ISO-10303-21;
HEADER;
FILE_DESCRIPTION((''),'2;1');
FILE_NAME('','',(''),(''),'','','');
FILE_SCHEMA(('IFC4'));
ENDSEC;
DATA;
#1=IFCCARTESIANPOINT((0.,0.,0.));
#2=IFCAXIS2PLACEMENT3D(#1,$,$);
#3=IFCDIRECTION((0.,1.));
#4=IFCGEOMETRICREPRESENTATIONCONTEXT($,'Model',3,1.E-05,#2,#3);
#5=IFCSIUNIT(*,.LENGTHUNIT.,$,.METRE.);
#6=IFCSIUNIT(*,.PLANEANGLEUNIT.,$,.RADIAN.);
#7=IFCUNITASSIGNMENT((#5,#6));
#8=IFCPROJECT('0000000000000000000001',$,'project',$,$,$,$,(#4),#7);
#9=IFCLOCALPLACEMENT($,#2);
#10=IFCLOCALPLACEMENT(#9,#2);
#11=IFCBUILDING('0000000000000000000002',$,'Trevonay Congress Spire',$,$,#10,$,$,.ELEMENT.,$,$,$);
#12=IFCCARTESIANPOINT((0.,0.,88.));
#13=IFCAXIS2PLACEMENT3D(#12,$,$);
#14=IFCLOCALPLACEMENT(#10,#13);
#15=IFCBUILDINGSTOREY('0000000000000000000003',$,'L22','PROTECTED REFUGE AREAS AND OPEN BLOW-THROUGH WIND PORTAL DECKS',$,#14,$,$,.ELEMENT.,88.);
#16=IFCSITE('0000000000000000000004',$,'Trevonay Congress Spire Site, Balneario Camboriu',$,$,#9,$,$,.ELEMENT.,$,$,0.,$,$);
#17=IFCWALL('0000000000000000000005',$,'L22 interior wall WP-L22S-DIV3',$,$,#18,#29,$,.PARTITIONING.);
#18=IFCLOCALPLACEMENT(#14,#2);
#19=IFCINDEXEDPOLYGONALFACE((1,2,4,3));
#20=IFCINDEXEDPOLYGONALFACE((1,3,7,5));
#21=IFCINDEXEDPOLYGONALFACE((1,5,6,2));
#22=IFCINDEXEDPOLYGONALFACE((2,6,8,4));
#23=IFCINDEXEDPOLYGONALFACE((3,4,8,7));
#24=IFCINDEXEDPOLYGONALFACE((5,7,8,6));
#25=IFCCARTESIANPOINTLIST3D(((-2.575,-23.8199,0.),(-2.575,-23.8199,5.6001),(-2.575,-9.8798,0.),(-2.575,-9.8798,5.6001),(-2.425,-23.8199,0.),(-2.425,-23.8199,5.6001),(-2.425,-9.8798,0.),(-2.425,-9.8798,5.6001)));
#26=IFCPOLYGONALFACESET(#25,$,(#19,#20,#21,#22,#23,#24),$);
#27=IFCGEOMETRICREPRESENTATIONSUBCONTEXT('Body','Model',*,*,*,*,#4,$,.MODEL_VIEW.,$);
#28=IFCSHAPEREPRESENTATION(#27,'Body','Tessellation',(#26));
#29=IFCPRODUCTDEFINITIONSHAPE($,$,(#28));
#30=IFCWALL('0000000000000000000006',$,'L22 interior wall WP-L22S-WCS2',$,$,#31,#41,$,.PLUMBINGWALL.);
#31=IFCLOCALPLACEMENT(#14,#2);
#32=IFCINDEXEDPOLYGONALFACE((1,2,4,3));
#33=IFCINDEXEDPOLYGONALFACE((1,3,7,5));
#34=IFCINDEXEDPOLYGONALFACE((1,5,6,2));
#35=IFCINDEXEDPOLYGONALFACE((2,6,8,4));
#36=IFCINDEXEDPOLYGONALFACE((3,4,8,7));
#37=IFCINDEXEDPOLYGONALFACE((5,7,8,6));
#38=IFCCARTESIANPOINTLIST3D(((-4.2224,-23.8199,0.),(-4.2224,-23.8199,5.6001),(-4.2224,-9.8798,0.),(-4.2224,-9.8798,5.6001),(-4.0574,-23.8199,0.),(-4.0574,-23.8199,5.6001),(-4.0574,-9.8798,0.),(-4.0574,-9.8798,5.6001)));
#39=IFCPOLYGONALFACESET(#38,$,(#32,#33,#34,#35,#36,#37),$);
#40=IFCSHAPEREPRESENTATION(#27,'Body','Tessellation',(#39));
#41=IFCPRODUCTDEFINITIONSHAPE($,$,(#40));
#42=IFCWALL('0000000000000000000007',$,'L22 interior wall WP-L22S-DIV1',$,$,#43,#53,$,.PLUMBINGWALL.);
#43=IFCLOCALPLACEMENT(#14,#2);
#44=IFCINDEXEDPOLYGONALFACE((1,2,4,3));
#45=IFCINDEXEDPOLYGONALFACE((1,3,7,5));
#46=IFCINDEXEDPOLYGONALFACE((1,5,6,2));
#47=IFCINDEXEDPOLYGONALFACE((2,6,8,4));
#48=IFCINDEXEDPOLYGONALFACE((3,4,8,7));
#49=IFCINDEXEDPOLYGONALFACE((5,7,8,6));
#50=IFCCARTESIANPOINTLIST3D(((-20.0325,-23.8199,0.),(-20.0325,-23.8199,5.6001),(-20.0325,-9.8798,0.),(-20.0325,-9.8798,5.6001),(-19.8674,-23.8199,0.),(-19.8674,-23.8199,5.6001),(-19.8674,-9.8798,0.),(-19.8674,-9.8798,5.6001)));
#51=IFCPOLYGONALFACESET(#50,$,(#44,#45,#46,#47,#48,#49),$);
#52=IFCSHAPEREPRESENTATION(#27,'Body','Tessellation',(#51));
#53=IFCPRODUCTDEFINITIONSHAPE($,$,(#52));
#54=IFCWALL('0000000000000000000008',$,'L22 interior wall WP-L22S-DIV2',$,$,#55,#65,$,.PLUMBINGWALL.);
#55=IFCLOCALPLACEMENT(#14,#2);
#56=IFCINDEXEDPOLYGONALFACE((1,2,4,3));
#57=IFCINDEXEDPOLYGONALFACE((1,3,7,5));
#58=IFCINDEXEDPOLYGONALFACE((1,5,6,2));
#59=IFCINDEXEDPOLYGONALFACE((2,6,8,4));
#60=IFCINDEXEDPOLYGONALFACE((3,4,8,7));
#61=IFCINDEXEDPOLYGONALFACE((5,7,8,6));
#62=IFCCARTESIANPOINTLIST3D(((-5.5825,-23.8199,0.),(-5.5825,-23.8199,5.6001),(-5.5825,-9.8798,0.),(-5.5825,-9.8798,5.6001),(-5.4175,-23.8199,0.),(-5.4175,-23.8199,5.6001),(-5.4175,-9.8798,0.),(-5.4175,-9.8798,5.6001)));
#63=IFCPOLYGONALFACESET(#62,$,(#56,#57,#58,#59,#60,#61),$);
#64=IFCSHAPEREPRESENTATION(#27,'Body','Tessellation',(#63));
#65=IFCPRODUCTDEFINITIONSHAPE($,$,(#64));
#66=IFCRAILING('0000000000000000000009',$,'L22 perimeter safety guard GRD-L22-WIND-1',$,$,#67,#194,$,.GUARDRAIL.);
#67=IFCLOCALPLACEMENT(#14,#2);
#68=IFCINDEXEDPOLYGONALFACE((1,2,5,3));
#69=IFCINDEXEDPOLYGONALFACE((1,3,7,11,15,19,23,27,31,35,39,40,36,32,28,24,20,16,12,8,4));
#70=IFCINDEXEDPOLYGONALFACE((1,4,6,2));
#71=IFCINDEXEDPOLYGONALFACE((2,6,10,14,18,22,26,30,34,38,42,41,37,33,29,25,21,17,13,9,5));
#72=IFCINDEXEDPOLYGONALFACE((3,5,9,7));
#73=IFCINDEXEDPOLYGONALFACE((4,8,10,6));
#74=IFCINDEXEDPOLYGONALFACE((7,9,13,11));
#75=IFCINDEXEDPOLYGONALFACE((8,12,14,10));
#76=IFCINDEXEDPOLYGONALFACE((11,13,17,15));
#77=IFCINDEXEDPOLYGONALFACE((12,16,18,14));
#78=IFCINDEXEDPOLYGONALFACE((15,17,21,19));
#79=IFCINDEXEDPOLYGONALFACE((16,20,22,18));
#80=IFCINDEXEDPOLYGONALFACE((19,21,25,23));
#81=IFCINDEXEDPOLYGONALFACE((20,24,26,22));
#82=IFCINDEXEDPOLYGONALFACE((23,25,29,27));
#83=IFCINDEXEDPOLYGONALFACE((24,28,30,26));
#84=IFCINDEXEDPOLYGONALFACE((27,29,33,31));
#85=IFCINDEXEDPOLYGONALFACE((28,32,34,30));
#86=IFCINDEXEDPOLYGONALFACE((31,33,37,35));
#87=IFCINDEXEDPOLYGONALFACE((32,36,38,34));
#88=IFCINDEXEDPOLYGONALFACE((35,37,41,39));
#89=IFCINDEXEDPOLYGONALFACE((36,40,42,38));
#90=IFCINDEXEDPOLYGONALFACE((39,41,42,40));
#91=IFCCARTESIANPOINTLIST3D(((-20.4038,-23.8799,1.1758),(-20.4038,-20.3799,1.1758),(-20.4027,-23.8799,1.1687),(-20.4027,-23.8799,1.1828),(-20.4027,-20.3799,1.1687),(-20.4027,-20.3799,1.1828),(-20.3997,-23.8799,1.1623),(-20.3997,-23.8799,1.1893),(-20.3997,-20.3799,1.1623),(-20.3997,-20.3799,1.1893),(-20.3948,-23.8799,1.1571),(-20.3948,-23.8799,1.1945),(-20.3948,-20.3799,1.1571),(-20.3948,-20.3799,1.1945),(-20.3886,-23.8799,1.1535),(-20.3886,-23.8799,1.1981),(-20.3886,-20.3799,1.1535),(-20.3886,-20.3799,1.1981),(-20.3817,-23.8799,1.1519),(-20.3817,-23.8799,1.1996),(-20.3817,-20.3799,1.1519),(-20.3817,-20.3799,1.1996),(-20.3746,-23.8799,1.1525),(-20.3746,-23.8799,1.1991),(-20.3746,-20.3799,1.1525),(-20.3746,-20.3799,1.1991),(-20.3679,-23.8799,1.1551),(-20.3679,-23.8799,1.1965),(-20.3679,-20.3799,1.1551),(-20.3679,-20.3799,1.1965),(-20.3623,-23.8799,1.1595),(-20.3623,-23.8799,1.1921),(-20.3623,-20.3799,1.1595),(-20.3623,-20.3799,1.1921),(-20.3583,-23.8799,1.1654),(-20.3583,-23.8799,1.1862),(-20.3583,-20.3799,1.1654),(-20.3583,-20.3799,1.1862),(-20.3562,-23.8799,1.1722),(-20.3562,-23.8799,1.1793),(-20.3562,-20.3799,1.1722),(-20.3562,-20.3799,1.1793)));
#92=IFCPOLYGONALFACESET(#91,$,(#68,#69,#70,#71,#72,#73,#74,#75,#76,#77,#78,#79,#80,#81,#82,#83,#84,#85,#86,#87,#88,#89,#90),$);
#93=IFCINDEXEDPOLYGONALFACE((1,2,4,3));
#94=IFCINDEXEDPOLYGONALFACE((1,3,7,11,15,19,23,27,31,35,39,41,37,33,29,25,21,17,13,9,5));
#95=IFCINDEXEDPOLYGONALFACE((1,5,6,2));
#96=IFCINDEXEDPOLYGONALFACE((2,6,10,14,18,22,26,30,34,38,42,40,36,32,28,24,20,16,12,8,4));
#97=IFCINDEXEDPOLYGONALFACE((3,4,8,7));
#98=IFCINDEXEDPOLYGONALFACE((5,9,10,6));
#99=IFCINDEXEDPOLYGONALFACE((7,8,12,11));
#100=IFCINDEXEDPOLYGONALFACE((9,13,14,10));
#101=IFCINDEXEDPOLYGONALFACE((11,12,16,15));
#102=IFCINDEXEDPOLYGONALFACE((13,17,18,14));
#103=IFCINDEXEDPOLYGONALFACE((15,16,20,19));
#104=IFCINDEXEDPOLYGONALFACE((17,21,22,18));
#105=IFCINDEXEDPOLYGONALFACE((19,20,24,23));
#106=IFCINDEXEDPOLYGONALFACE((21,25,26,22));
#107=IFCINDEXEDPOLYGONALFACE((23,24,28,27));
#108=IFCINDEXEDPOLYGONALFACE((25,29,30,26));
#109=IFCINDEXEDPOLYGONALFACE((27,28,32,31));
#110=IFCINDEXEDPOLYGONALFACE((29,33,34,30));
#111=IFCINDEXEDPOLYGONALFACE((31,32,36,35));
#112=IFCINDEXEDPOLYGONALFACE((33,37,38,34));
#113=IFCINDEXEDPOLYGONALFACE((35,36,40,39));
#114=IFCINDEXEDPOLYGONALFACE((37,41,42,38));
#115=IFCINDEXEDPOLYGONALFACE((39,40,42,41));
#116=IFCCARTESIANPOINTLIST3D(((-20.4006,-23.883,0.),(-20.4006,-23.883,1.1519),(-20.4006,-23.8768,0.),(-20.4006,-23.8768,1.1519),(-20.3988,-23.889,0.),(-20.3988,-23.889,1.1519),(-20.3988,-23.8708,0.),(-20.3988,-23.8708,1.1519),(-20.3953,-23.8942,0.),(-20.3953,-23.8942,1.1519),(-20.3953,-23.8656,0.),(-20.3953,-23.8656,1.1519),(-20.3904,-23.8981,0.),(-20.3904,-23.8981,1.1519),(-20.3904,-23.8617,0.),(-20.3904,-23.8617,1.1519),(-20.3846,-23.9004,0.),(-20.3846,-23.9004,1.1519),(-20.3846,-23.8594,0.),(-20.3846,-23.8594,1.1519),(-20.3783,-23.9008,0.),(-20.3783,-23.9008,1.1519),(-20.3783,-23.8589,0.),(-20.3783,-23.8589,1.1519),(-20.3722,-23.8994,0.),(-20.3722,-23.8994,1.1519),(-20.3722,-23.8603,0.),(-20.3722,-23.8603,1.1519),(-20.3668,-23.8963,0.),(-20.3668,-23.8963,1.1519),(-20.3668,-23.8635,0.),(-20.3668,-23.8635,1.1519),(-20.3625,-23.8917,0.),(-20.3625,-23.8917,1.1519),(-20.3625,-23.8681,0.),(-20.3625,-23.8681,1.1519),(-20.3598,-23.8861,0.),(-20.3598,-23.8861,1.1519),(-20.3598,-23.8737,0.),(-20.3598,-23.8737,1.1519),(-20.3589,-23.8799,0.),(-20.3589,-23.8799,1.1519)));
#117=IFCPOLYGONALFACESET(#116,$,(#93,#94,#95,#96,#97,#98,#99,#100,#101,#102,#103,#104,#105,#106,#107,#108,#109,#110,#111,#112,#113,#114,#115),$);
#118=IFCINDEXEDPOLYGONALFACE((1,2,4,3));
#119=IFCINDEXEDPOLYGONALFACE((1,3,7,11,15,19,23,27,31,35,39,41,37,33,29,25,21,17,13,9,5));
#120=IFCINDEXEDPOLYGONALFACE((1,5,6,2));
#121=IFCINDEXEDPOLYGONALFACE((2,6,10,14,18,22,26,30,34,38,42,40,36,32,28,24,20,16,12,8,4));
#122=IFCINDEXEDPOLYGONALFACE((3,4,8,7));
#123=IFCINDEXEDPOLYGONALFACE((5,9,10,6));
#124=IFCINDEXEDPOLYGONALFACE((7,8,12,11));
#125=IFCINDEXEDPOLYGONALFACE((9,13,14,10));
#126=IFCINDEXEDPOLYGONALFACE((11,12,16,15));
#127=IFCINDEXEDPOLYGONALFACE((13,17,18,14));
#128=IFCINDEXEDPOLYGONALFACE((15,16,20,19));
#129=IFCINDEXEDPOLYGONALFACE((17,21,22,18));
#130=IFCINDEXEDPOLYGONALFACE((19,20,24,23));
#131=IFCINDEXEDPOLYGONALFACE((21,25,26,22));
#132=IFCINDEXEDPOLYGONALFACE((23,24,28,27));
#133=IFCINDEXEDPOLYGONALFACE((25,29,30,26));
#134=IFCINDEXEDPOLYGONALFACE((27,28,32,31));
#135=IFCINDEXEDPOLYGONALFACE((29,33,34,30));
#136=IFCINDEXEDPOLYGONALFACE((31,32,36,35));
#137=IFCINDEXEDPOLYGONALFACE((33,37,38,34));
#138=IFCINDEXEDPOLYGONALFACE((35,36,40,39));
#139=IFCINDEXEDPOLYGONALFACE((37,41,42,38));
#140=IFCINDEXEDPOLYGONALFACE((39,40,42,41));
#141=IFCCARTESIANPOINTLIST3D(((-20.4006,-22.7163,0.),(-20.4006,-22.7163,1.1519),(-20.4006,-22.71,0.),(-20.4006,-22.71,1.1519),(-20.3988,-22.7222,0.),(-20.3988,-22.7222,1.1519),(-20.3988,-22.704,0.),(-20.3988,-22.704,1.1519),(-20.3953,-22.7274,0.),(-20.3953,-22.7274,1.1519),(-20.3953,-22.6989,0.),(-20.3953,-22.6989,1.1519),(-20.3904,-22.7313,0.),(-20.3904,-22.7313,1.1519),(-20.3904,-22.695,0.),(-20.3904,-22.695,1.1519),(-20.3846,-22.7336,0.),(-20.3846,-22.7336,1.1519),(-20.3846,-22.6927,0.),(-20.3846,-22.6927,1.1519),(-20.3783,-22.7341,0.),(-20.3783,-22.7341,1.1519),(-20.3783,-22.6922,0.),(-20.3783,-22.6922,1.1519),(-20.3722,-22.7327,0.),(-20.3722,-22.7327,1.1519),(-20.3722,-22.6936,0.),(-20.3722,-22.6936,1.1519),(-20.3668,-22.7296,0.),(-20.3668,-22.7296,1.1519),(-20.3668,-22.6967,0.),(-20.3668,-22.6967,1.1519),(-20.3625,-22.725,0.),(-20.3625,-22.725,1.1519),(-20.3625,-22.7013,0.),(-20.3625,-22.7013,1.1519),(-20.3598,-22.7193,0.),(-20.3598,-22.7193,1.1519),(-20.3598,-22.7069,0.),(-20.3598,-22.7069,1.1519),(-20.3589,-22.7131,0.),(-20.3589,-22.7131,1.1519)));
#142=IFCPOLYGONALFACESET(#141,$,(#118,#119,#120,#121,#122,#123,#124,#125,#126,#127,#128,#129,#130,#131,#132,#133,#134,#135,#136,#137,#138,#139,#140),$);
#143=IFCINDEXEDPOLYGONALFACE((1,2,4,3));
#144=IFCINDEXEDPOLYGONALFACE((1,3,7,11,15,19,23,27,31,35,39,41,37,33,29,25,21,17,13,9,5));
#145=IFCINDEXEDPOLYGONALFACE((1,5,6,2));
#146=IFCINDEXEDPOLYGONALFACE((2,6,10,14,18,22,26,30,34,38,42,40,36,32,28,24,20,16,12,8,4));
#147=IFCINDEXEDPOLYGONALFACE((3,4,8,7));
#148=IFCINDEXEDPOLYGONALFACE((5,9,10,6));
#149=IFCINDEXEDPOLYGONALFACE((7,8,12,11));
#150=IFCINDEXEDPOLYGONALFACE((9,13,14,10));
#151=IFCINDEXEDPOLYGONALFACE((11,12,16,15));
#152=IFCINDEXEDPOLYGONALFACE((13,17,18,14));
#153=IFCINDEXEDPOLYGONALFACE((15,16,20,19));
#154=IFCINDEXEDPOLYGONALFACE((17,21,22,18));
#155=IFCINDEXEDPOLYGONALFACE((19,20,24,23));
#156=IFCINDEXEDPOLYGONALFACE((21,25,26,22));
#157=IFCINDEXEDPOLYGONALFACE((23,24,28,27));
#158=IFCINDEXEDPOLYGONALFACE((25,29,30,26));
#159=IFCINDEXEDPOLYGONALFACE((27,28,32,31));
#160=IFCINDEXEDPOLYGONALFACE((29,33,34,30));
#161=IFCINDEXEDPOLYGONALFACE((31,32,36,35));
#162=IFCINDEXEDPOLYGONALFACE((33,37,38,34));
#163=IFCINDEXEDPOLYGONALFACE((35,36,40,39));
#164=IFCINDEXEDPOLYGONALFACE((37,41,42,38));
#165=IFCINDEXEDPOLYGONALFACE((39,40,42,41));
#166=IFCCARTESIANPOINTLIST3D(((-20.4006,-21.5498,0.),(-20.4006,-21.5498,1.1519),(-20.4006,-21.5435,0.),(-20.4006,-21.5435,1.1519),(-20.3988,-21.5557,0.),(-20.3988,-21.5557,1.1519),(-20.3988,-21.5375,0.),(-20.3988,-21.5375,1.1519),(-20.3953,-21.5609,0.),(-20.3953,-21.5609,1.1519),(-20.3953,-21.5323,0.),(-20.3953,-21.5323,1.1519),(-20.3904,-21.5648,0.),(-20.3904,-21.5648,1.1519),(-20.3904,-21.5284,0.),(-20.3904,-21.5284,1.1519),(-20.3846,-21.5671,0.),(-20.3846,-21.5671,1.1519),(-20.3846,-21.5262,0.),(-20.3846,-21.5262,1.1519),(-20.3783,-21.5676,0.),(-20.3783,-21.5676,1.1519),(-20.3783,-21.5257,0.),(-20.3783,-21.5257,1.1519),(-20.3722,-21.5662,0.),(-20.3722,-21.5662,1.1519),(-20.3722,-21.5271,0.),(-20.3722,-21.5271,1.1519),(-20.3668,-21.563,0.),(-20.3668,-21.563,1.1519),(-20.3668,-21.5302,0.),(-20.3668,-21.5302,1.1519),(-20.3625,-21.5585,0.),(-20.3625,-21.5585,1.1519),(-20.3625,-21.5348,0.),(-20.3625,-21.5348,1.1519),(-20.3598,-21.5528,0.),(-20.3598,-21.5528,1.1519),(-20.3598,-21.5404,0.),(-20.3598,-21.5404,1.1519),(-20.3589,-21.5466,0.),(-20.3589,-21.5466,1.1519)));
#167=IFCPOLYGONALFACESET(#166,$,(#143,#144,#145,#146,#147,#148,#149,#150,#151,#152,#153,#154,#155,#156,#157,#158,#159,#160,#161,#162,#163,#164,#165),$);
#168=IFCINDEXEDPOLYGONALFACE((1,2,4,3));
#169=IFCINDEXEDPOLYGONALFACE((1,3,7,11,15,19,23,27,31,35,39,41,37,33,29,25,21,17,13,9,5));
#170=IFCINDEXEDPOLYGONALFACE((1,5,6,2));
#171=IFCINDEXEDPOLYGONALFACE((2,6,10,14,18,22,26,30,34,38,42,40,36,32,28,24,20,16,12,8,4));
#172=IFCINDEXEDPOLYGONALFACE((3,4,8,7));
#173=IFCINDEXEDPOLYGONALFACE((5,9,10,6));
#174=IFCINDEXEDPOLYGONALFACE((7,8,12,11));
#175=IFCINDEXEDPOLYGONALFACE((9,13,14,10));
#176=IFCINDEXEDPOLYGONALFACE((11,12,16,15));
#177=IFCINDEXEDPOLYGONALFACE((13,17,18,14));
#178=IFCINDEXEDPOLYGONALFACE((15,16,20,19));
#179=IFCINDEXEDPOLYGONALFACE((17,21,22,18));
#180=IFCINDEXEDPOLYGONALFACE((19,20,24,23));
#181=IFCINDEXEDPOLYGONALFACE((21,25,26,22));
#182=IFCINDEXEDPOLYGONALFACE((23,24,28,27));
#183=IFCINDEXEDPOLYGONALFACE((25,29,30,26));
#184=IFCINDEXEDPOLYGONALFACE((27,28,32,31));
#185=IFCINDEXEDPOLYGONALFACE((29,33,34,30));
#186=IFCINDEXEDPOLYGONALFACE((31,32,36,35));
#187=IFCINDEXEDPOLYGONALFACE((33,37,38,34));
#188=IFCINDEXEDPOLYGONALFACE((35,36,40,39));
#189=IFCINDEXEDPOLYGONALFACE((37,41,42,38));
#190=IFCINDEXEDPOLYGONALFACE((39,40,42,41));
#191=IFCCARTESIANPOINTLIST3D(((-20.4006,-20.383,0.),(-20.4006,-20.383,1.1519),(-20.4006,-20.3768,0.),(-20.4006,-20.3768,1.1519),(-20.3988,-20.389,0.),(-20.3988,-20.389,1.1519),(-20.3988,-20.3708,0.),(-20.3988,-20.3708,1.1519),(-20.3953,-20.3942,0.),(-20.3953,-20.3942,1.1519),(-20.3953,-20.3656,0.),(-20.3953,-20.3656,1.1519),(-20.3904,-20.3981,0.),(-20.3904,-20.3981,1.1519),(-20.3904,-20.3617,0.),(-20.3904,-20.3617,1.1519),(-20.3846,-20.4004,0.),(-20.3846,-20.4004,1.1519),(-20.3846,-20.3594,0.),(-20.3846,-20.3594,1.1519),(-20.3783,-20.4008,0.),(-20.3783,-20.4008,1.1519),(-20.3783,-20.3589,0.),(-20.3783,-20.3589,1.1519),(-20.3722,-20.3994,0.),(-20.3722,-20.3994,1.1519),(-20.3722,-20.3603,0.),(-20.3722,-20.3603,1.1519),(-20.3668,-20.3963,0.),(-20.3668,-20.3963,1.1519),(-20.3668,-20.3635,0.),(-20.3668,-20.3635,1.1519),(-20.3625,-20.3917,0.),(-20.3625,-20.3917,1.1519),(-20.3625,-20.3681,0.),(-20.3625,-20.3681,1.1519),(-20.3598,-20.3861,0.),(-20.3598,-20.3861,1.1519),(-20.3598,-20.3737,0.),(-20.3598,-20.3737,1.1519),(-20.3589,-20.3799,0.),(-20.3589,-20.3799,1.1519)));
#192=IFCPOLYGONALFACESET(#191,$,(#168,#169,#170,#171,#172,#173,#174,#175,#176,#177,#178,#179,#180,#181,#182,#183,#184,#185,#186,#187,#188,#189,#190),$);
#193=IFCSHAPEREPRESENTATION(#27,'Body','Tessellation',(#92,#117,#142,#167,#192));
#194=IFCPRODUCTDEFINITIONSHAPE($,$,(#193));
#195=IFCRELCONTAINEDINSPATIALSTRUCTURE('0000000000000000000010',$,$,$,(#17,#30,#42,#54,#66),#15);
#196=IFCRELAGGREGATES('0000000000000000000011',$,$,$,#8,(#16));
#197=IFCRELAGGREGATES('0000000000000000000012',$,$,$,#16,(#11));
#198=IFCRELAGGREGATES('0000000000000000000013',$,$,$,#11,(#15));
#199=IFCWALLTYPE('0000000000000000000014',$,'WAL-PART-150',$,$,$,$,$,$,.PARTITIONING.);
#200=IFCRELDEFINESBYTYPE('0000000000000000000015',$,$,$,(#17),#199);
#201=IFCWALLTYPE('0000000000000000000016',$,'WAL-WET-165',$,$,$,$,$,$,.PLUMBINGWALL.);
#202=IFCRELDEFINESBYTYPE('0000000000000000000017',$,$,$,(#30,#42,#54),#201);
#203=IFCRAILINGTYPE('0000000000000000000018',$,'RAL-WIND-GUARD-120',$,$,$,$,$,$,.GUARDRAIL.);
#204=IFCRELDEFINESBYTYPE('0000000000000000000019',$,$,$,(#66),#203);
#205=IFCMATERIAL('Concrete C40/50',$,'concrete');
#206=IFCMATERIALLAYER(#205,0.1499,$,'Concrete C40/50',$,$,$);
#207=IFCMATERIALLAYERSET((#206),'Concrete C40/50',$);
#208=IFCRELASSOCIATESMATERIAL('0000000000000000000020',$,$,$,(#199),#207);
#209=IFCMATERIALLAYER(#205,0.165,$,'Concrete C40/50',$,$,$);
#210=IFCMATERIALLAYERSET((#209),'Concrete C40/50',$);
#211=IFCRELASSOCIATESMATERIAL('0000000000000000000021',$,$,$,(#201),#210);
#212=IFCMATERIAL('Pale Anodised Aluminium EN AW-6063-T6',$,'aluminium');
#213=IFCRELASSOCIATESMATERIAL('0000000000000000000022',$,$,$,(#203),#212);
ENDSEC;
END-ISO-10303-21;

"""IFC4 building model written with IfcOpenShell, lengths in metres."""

from ifc_helpers import new_model, si_unit, direction, frame, frame_2d, origin, origin_2d, place, context, subcontext, project, spatial, rectangle, circle, extrude, material, layer, layer_set, type_object, element, save


model = new_model("IFC4")

# Units and contexts
model_context = context("Model", 3, precision=1e-05, world=origin(), true_north=direction((0.0, 1.0)))
body_context = subcontext(model_context, "Body", "Model", "MODEL_VIEW")
ifc_project = project(units=[si_unit("LENGTHUNIT", "METRE"), si_unit("PLANEANGLEUNIT", "RADIAN")], contexts=[model_context])

# Site, building, storey
site_placement = place(None, origin())
site = spatial("IfcSite", under=ifc_project, at=site_placement, Name="Trevonay Congress Spire Site, Balneario Camboriu", CompositionType="ELEMENT", RefElevation=0.0)
building_placement = place(site_placement, origin())
building = spatial("IfcBuilding", under=site, at=building_placement, Name="Trevonay Congress Spire", CompositionType="ELEMENT")
storey_placement = place(building_placement, frame((0.0, 0.0, 88.0)))
storey = spatial("IfcBuildingStorey", under=building, at=storey_placement, Name="L22", Description="PROTECTED REFUGE AREAS AND OPEN BLOW-THROUGH WIND PORTAL DECKS", CompositionType="ELEMENT", Elevation=88.0)

# Walls
ifc_material_1 = material(Name="Concrete C40/50", Category="concrete")
ifc_layer_1 = layer(ifc_material_1, 0.1499, Name="Concrete C40/50")
ifc_layer_set_1 = layer_set([ifc_layer_1], Name="Concrete C40/50")
wall_type_1 = type_object("IfcWallType", Name="WAL-PART-150", PredefinedType="PARTITIONING", material=ifc_layer_set_1)
wall_placement = place(storey_placement, frame((-2.5, -23.8201, 0.0), z_axis=(0.0, 0.0, 1.0), x_axis=(0.0, 1.0, 0.0)))
element("IfcWall", 1, at=wall_placement, inside=storey, type_object=wall_type_1, Name="L22 interior wall WP-L22S-DIV3", PredefinedType="PARTITIONING", context=body_context, shape_type="SweptSolid", body=[
    extrude(rectangle(XDim=13.9402, YDim=0.1499, at=frame_2d((6.9702, 0.0))), origin(), (0.0, 0.0, 1.0), 5.6001),
])
ifc_layer_2 = layer(ifc_material_1, 0.165, Name="Concrete C40/50")
ifc_layer_set_2 = layer_set([ifc_layer_2], Name="Concrete C40/50")
wall_type_2 = type_object("IfcWallType", Name="WAL-WET-165", PredefinedType="PLUMBINGWALL", material=ifc_layer_set_2)
for number, where, z_axis, x_axis, name in (
    (2, (-4.1399, -23.8201, 0.0), (0.0, 0.0, 1.0), (0.0, 1.0, 0.0), "L22 interior wall WP-L22S-WCS2"),
    (3, (-19.95, -23.8201, 0.0), (0.0, 0.0, 1.0), (0.0, 1.0, 0.0), "L22 interior wall WP-L22S-DIV1"),
    (4, (-5.5, -23.8201, 0.0), (0.0, 0.0, 1.0), (0.0, 1.0, 0.0), "L22 interior wall WP-L22S-DIV2"),
):
    element("IfcWall", number, at=place(storey_placement, frame(where, z_axis=z_axis, x_axis=x_axis)), inside=storey, type_object=wall_type_2, Name=name, PredefinedType="PLUMBINGWALL", context=body_context, shape_type="SweptSolid", body=[
        extrude(rectangle(XDim=13.9402, YDim=0.165, at=frame_2d((6.9702, 0.0))), origin(), (0.0, 0.0, 1.0), 5.6001),
    ])

# Railing
ifc_material_2 = material(Name="Pale Anodised Aluminium EN AW-6063-T6", Category="aluminium")
railing_type = type_object("IfcRailingType", Name="RAL-WIND-GUARD-120", PredefinedType="GUARDRAIL", material=ifc_material_2)
railing_1_placement = place(storey_placement, frame((-20.3799, -23.8799, 0.0)))
element("IfcRailing", 5, at=railing_1_placement, inside=storey, type_object=railing_type, Name="L22 perimeter safety guard GRD-L22-WIND-1", PredefinedType="GUARDRAIL", context=body_context, shape_type="SweptSolid", body=[
    extrude(circle(Radius=0.0239, at=origin_2d()), frame((0.0, 0.0, 1.1758), z_axis=(0.0, 1.0, 0.0), x_axis=(-1.0, 0.0, 0.0)), (0.0, 0.0, 1.0), 3.5),
    extrude(circle(Radius=0.021, at=origin_2d()), origin(), (0.0, 0.0, 1.0), 1.1519),
    extrude(circle(Radius=0.021, at=origin_2d()), frame((0.0, 1.1667, 0.0)), (0.0, 0.0, 1.0), 1.1519),
    extrude(circle(Radius=0.021, at=origin_2d()), frame((0.0, 2.3333, 0.0)), (0.0, 0.0, 1.0), 1.1519),
    extrude(circle(Radius=0.021, at=origin_2d()), frame((0.0, 3.5, 0.0)), (0.0, 0.0, 1.0), 1.1519),
])

save(model, "model.ifc")
